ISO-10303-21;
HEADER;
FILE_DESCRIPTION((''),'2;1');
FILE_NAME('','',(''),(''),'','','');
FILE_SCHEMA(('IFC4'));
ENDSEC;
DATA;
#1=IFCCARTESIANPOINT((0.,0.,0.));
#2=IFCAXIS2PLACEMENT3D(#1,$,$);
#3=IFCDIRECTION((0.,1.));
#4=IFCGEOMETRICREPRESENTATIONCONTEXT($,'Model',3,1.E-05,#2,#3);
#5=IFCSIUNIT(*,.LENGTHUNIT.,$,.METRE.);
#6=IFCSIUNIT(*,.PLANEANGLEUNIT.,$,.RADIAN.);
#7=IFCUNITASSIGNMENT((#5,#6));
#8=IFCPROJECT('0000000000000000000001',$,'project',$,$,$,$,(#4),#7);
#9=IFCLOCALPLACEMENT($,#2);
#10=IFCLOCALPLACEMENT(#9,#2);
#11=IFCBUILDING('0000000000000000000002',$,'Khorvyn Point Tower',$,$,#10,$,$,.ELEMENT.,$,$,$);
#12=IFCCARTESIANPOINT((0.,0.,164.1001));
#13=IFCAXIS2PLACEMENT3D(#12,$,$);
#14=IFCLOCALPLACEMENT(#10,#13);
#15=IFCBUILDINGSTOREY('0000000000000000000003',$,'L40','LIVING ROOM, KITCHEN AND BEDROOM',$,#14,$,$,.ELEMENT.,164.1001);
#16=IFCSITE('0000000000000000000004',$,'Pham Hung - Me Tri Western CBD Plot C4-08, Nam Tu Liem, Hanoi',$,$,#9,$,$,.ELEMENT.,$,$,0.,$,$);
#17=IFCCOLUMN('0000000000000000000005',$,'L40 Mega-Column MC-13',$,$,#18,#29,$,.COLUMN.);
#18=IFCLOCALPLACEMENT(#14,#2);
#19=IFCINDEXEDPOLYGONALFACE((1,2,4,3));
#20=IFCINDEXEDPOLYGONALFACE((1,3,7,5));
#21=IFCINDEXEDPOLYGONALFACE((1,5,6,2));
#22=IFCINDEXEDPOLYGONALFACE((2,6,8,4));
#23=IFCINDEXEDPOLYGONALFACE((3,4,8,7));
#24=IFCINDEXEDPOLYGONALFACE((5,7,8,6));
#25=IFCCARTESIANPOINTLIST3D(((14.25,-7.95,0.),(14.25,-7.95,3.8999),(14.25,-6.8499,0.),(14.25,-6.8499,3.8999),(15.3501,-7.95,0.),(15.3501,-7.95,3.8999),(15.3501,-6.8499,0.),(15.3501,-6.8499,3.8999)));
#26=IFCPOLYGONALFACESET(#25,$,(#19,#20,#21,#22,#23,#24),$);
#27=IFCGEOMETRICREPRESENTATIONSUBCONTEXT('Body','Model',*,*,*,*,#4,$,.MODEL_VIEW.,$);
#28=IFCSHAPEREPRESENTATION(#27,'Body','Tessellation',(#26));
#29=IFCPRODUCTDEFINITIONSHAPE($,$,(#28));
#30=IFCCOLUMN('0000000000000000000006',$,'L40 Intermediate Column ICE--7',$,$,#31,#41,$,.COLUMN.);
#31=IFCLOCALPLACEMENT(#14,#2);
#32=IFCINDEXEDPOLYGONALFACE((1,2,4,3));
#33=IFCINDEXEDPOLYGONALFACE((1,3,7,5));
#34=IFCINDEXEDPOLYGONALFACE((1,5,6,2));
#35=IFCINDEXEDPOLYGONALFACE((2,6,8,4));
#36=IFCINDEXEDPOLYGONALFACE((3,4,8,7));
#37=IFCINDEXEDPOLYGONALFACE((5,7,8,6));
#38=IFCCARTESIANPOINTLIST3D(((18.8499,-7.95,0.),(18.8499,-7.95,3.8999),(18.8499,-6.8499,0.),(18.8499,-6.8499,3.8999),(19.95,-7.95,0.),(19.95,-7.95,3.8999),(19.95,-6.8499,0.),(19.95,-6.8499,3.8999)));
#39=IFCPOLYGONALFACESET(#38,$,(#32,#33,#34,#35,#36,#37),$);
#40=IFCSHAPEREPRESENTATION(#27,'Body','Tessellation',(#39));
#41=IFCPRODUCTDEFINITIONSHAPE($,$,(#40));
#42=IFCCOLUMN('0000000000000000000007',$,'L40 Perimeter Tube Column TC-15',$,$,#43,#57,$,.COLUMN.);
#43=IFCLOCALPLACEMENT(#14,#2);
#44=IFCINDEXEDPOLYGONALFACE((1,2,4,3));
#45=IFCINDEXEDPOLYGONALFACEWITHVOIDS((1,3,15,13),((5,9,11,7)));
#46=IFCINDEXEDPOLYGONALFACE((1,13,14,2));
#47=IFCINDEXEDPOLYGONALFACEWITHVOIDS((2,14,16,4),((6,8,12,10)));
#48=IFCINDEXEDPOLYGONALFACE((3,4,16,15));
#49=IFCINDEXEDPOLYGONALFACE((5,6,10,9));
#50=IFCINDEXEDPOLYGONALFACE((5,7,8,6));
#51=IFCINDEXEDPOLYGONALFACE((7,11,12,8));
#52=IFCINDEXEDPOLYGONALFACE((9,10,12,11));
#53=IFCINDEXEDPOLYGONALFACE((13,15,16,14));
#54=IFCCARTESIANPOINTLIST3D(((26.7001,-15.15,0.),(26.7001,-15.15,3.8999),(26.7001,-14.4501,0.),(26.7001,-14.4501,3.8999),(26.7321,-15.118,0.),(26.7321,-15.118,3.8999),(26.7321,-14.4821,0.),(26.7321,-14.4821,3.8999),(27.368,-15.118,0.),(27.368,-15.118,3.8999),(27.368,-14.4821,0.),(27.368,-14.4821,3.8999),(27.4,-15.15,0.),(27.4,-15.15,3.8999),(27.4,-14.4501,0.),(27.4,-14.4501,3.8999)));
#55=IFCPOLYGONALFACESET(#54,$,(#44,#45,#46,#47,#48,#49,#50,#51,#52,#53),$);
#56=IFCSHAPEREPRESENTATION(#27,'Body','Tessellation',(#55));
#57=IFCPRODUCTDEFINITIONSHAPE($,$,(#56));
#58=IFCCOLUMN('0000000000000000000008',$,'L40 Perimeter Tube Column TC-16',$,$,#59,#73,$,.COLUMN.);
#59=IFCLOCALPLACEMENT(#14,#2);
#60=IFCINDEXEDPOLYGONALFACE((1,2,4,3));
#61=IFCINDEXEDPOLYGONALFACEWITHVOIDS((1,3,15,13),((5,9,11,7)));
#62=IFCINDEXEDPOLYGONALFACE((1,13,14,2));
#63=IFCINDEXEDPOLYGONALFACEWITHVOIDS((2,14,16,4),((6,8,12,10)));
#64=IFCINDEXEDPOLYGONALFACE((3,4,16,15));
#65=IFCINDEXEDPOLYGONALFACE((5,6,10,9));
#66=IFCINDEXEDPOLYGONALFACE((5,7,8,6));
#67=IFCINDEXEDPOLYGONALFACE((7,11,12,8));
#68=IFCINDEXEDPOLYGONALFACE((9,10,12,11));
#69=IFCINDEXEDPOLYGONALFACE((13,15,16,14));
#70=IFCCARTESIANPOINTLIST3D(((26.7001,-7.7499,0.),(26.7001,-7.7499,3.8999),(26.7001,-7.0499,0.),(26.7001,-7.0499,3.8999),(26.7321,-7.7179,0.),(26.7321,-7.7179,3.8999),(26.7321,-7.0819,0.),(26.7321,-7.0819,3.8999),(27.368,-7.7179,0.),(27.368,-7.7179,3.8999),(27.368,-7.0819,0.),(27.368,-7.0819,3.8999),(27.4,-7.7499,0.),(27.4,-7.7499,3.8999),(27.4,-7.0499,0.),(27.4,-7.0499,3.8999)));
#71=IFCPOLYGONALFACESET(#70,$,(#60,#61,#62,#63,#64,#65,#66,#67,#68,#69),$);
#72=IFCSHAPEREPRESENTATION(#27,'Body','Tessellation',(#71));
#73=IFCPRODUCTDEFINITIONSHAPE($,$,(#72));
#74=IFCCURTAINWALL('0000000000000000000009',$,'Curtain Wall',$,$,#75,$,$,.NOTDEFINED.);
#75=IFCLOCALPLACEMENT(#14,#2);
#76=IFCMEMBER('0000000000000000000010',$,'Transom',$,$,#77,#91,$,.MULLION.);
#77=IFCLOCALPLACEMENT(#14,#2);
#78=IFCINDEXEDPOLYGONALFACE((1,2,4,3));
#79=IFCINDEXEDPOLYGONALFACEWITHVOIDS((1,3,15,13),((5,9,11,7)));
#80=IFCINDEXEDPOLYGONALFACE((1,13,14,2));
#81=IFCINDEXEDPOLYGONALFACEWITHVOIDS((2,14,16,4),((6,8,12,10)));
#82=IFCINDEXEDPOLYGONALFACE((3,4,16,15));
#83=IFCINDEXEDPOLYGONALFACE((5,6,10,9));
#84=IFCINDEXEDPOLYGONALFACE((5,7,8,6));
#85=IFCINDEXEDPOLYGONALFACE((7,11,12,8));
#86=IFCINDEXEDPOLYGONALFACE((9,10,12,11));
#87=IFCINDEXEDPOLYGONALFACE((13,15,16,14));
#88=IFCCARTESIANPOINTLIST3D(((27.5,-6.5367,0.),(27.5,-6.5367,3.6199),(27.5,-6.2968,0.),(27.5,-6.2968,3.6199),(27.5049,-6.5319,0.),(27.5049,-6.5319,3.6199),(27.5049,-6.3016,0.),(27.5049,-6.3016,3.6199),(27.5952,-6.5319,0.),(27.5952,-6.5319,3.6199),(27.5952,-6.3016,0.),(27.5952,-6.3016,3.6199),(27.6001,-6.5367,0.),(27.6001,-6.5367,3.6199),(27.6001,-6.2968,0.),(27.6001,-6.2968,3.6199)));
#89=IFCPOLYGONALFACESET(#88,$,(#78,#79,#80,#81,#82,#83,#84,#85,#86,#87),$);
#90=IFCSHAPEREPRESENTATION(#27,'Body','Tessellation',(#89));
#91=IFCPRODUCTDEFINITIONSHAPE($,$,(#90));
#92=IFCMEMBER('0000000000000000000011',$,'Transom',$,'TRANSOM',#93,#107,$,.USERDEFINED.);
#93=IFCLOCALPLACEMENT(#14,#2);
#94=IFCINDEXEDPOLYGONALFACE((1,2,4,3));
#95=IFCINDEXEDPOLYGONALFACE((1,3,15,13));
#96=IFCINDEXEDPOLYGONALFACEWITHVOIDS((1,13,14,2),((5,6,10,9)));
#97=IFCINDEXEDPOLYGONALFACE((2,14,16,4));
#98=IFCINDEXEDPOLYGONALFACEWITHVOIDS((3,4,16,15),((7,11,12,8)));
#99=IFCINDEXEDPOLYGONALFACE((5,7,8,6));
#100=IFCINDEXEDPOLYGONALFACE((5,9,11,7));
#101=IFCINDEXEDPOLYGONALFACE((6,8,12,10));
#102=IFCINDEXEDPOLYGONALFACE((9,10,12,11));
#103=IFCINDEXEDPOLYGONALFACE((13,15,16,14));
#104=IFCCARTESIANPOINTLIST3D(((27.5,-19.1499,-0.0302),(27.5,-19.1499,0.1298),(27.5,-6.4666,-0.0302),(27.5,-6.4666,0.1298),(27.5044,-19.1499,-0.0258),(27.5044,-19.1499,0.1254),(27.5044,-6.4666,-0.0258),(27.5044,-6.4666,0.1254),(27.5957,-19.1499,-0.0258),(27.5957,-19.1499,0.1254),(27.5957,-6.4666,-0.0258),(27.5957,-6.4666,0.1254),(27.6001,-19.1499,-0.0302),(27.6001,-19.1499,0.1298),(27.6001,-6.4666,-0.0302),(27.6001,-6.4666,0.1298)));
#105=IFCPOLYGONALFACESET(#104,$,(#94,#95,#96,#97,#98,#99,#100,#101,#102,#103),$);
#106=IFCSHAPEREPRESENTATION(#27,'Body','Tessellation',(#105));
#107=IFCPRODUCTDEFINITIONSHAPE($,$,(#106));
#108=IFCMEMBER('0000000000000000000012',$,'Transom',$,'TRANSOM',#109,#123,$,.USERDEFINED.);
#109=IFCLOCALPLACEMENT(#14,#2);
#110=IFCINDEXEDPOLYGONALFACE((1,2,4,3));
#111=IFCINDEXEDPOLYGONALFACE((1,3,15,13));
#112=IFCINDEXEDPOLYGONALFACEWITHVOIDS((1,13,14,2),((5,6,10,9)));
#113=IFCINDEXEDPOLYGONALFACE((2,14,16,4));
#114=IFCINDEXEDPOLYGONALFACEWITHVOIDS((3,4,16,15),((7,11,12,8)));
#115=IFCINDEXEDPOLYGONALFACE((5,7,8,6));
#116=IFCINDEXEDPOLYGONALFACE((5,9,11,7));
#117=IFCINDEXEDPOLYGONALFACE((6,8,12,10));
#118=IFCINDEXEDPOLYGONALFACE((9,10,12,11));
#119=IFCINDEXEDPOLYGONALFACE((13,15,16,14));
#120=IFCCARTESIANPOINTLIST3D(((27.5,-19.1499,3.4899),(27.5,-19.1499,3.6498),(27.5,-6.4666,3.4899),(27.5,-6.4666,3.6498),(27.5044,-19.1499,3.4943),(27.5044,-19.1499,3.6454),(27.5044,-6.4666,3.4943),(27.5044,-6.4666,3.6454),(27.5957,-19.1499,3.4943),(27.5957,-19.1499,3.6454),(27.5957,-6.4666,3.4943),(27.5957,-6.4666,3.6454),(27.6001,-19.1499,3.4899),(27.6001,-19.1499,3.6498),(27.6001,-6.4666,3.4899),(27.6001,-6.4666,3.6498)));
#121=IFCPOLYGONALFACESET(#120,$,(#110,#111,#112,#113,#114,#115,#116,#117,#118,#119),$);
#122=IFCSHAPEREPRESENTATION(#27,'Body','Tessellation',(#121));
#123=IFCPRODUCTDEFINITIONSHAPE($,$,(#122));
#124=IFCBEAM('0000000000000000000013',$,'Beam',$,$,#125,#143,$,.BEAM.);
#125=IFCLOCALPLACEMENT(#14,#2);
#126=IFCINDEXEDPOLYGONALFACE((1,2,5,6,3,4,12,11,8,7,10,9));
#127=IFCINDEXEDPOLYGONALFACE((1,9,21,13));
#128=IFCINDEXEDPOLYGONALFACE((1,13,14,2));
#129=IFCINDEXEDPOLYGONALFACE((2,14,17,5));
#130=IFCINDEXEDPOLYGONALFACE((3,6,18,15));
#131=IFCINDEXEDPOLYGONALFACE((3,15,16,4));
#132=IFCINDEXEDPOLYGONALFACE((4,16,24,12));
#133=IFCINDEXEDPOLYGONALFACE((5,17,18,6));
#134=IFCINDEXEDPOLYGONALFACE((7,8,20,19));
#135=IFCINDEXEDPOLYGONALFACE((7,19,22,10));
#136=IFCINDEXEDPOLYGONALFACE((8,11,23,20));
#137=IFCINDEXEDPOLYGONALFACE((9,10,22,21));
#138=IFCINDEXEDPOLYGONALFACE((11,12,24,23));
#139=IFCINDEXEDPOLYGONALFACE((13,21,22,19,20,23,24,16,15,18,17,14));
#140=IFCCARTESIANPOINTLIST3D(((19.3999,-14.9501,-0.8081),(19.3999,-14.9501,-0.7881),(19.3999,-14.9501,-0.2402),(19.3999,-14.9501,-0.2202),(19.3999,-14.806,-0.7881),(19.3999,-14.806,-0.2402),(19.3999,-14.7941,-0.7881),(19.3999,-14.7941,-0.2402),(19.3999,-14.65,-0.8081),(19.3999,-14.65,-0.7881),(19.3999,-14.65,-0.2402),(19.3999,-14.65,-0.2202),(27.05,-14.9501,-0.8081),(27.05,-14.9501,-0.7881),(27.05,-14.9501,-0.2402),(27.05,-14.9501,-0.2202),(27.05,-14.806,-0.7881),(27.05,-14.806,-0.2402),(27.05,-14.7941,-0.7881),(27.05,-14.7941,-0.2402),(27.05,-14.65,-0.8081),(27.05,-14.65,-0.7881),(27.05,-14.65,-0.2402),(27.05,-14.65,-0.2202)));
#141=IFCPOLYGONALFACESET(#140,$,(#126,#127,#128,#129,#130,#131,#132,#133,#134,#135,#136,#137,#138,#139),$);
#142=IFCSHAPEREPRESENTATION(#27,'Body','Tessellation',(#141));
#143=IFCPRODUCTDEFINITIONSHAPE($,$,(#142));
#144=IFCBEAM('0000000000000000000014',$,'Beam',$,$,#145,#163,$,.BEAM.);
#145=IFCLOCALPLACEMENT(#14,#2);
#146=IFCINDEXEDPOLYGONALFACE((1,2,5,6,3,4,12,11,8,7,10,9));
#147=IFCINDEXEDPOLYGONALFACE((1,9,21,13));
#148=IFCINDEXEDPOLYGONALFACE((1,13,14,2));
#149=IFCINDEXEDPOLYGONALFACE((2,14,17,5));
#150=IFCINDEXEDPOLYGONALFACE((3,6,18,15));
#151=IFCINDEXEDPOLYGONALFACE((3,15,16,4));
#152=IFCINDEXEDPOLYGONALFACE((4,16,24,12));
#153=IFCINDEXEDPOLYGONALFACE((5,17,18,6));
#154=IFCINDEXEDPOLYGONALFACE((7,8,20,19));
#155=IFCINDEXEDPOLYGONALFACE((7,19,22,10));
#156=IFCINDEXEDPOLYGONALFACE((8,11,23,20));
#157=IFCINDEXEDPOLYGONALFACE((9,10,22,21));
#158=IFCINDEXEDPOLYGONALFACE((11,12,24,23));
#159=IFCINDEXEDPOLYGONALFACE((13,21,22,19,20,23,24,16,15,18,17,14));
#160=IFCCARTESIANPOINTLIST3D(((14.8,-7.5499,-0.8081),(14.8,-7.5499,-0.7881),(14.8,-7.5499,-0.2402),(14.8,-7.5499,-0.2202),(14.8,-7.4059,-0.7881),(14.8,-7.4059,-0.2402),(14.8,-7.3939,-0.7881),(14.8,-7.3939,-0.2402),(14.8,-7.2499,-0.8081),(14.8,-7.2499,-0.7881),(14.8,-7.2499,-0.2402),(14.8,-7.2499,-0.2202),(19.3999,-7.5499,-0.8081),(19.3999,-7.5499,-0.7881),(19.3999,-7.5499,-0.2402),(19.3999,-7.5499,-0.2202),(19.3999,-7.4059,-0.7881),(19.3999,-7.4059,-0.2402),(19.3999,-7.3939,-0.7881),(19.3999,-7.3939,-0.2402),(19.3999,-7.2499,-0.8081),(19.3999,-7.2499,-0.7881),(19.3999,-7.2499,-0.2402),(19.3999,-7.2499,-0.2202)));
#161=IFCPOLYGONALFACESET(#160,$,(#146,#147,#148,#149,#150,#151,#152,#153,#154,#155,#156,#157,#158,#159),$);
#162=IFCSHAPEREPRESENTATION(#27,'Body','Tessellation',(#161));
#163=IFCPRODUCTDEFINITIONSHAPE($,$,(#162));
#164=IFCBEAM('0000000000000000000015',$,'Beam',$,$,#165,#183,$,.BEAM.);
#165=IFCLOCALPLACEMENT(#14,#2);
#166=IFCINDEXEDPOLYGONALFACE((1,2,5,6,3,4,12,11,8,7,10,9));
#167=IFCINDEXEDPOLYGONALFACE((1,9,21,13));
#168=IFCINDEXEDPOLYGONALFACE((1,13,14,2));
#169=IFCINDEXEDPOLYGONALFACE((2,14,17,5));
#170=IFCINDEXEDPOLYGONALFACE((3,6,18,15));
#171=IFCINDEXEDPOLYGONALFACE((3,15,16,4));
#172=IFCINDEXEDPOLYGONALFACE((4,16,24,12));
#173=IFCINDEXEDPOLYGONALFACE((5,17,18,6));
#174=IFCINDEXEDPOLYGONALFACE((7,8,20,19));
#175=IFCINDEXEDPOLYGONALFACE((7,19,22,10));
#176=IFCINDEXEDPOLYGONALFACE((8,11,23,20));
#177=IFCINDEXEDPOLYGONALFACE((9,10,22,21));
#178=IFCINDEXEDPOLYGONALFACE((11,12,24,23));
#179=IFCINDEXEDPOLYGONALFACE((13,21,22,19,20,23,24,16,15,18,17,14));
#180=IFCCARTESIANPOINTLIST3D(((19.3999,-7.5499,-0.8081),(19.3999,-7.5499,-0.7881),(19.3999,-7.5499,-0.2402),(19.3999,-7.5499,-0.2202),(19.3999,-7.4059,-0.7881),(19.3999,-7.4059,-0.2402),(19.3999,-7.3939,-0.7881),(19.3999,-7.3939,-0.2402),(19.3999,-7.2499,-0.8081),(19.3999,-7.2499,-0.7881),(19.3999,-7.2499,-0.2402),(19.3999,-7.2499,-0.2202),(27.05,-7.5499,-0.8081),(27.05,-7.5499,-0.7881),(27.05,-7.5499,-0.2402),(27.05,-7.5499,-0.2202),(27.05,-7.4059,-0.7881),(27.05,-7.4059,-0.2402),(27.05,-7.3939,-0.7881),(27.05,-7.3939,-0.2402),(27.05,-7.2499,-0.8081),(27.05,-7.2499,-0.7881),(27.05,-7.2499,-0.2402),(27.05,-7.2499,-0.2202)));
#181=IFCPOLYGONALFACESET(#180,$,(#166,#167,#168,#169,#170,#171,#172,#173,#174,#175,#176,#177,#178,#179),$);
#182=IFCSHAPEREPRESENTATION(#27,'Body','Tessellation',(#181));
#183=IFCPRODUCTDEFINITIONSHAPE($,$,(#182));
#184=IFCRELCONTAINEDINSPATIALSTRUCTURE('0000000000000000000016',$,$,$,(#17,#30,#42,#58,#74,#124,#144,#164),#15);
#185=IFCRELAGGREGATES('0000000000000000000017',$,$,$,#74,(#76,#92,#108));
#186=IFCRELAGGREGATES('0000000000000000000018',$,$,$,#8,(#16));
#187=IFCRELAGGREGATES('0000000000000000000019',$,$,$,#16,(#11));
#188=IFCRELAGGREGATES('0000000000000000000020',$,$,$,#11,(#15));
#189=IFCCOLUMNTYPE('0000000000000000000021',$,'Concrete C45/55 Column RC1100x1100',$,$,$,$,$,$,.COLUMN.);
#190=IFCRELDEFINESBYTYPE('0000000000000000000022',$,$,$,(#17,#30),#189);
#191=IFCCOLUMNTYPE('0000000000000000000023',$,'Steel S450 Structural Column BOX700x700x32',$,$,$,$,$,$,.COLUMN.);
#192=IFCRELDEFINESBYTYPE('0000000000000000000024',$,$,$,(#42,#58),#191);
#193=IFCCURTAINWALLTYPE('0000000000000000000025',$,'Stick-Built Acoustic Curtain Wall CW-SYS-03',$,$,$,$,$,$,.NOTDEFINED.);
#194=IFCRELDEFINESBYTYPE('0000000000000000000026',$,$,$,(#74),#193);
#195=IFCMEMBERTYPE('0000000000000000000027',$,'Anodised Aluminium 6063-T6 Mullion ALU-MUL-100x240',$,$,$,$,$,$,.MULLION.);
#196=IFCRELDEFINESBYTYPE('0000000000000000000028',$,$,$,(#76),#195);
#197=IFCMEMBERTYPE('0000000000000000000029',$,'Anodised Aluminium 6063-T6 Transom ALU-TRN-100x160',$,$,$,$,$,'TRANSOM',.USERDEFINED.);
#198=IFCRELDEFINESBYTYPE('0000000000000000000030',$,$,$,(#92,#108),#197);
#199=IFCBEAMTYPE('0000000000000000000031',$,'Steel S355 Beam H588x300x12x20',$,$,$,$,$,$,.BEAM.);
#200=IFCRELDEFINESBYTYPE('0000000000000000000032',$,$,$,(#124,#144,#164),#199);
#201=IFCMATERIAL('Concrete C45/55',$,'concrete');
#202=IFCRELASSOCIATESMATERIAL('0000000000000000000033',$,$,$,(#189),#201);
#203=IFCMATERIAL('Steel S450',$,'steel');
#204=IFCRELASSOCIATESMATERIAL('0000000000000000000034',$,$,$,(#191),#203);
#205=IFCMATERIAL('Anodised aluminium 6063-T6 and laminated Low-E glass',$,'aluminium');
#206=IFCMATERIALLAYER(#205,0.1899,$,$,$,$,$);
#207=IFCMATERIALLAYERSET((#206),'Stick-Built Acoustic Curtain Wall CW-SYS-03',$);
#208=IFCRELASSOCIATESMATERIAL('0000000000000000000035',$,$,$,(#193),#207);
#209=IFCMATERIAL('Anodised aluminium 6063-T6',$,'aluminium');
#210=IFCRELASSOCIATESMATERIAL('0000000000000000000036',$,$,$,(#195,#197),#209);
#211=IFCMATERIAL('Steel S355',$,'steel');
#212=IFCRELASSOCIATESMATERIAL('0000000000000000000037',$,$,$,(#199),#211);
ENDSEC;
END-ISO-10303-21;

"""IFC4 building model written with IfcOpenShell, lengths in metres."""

from ifc_helpers import new_model, si_unit, direction, frame, origin, origin_2d, place, context, subcontext, project, spatial, rectangle, hollow_rectangle, i_section, extrude, material, layer, layer_set, material_profile, profile_set, type_object, element, aggregate, save


model = new_model("IFC4")

# Units and contexts
model_context = context("Model", 3, precision=1e-05, world=origin(), true_north=direction((0.0, 1.0)))
body_context = subcontext(model_context, "Body", "Model", "MODEL_VIEW")
ifc_project = project(units=[si_unit("LENGTHUNIT", "METRE"), si_unit("PLANEANGLEUNIT", "RADIAN")], contexts=[model_context])

# Site, building, storey
site_placement = place(None, origin())
site = spatial("IfcSite", under=ifc_project, at=site_placement, Name="Pham Hung - Me Tri Western CBD Plot C4-08, Nam Tu Liem, Hanoi", CompositionType="ELEMENT", RefElevation=0.0)
building_placement = place(site_placement, origin())
building = spatial("IfcBuilding", under=site, at=building_placement, Name="Khorvyn Point Tower", CompositionType="ELEMENT")
storey_placement = place(building_placement, frame((0.0, 0.0, 164.1001)))
storey = spatial("IfcBuildingStorey", under=building, at=storey_placement, Name="L40", Description="LIVING ROOM, KITCHEN AND BEDROOM", CompositionType="ELEMENT", Elevation=164.1001)

# Columns
ifc_material_1 = material(Name="Concrete C45/55", Category="concrete")
ifc_material_profile_1 = material_profile(ifc_material_1, rectangle(XDim=1.1001, YDim=1.1001, at=origin_2d()))
ifc_profile_set_1 = profile_set([ifc_material_profile_1], Name="Concrete C45/55 RC1100x1100")
column_type_1 = type_object("IfcColumnType", Name="Concrete C45/55 Column RC1100x1100", PredefinedType="COLUMN", material=ifc_profile_set_1)
for number, where, z_axis, x_axis, name in (
    (1, (14.8, -7.3999, 0.0), (0.0, 0.0, 1.0), (1.0, 0.0, 0.0), "L40 Mega-Column MC-13"),
    (2, (19.3999, -7.3999, 0.0), (0.0, 0.0, 1.0), (1.0, 0.0, 0.0), "L40 Intermediate Column ICE--7"),
):
    element("IfcColumn", number, at=place(storey_placement, frame(where, z_axis=z_axis, x_axis=x_axis)), inside=storey, type_object=column_type_1, Name=name, PredefinedType="COLUMN", context=body_context, shape_type="SweptSolid", body=[
        extrude(rectangle(XDim=1.1001, YDim=1.1001, at=origin_2d()), origin(), (0.0, 0.0, 1.0), 3.8999),
    ])
ifc_material_2 = material(Name="Steel S450", Category="steel")
ifc_material_profile_2 = material_profile(ifc_material_2, hollow_rectangle(XDim=0.7, YDim=0.7, WallThickness=0.032, at=origin_2d()))
ifc_profile_set_2 = profile_set([ifc_material_profile_2], Name="Steel S450 BOX700x700x32")
column_type_2 = type_object("IfcColumnType", Name="Steel S450 Structural Column BOX700x700x32", PredefinedType="COLUMN", material=ifc_profile_set_2)
for number, where, z_axis, x_axis, name in (
    (3, (27.05, -14.8, 0.0), (0.0, 0.0, 1.0), (1.0, 0.0, 0.0), "L40 Perimeter Tube Column TC-15"),
    (4, (27.05, -7.3999, 0.0), (0.0, 0.0, 1.0), (1.0, 0.0, 0.0), "L40 Perimeter Tube Column TC-16"),
):
    element("IfcColumn", number, at=place(storey_placement, frame(where, z_axis=z_axis, x_axis=x_axis)), inside=storey, type_object=column_type_2, Name=name, PredefinedType="COLUMN", context=body_context, shape_type="SweptSolid", body=[
        extrude(hollow_rectangle(XDim=0.7, YDim=0.7, WallThickness=0.032, at=origin_2d()), origin(), (0.0, 0.0, 1.0), 3.8999),
    ])

# Curtain wall, members
ifc_material_3 = material(Name="Anodised aluminium 6063-T6 and laminated Low-E glass", Category="aluminium")
ifc_layer_1 = layer(ifc_material_3, 0.1899)
ifc_layer_set_1 = layer_set([ifc_layer_1], Name="Stick-Built Acoustic Curtain Wall CW-SYS-03")
curtain_wall_type = type_object("IfcCurtainWallType", Name="Stick-Built Acoustic Curtain Wall CW-SYS-03", PredefinedType="NOTDEFINED", material=ifc_layer_set_1)
curtain_wall_placement = place(storey_placement, origin())
curtain_wall = element("IfcCurtainWall", 5, at=curtain_wall_placement, inside=storey, type_object=curtain_wall_type, Name="Curtain Wall", PredefinedType="NOTDEFINED")
ifc_material_4 = material(Name="Anodised aluminium 6063-T6", Category="aluminium")
ifc_material_profile_3 = material_profile(ifc_material_4, hollow_rectangle(XDim=0.1001, YDim=0.24, WallThickness=0.0049, at=origin_2d()))
ifc_profile_set_3 = profile_set([ifc_material_profile_3], Name="Anodised aluminium 6063-T6 ALU-MUL-100x240")
member_type_1 = type_object("IfcMemberType", Name="Anodised Aluminium 6063-T6 Mullion ALU-MUL-100x240", PredefinedType="MULLION", material=ifc_profile_set_3)
member_1_placement = place(storey_placement, frame((27.55, -6.4167, 0.0), z_axis=(0.0, 0.0, 1.0), x_axis=(1.0, 0.0, 0.0)))
member_1 = element("IfcMember", 6, at=member_1_placement, type_object=member_type_1, Name="Transom", PredefinedType="MULLION", context=body_context, shape_type="SweptSolid", body=[
    extrude(hollow_rectangle(XDim=0.1001, YDim=0.24, WallThickness=0.0049, at=origin_2d()), origin(), (0.0, 0.0, 1.0), 3.6199),
])
ifc_material_profile_4 = material_profile(ifc_material_4, hollow_rectangle(XDim=0.1001, YDim=0.1599, WallThickness=0.0044, at=origin_2d()))
ifc_profile_set_4 = profile_set([ifc_material_profile_4], Name="Anodised aluminium 6063-T6 ALU-TRN-100x160")
member_type_2 = type_object("IfcMemberType", Name="Anodised Aluminium 6063-T6 Transom ALU-TRN-100x160", ElementType="TRANSOM", PredefinedType="USERDEFINED", material=ifc_profile_set_4)
member_2_placement = place(storey_placement, frame((27.55, -6.4666, 0.0498), z_axis=(0.0, -1.0, 0.0), x_axis=(1.0, 0.0, 0.0)))
member_2 = element("IfcMember", 7, at=member_2_placement, type_object=member_type_2, Name="Transom", ObjectType="TRANSOM", PredefinedType="USERDEFINED", context=body_context, shape_type="SweptSolid", body=[
    extrude(hollow_rectangle(XDim=0.1001, YDim=0.1599, WallThickness=0.0044, at=origin_2d()), origin(), (0.0, 0.0, 1.0), 12.6833),
])
member_3_placement = place(storey_placement, frame((27.55, -6.4666, 3.5698), z_axis=(0.0, -1.0, 0.0), x_axis=(1.0, 0.0, 0.0)))
member_3 = element("IfcMember", 8, at=member_3_placement, type_object=member_type_2, Name="Transom", ObjectType="TRANSOM", PredefinedType="USERDEFINED", context=body_context, shape_type="SweptSolid", body=[
    extrude(hollow_rectangle(XDim=0.1001, YDim=0.1599, WallThickness=0.0044, at=origin_2d()), origin(), (0.0, 0.0, 1.0), 12.6833),
])

# Beams
ifc_material_5 = material(Name="Steel S355", Category="steel")
ifc_material_profile_5 = material_profile(ifc_material_5, i_section(OverallWidth=0.3, OverallDepth=0.5879, WebThickness=0.012, FlangeThickness=0.02, at=origin_2d()))
ifc_profile_set_5 = profile_set([ifc_material_profile_5], Name="Steel S355 H588x300x12x20")
beam_type_1 = type_object("IfcBeamType", Name="Steel S355 Beam H588x300x12x20", PredefinedType="BEAM", material=ifc_profile_set_5)
beam_1_placement = place(storey_placement, frame((19.3999, -14.8, -0.5142), z_axis=(1.0, 0.0, 0.0), x_axis=(0.0, 1.0, 0.0)))
element("IfcBeam", 9, at=beam_1_placement, inside=storey, type_object=beam_type_1, Name="Beam", PredefinedType="BEAM", context=body_context, shape_type="SweptSolid", body=[
    extrude(i_section(OverallWidth=0.3, OverallDepth=0.5879, WebThickness=0.012, FlangeThickness=0.02, at=origin_2d()), origin(), (0.0, 0.0, 1.0), 7.6501),
])
beam_2_placement = place(storey_placement, frame((14.8, -7.3999, -0.5142), z_axis=(1.0, 0.0, 0.0), x_axis=(0.0, 1.0, 0.0)))
element("IfcBeam", 10, at=beam_2_placement, inside=storey, type_object=beam_type_1, Name="Beam", PredefinedType="BEAM", context=body_context, shape_type="SweptSolid", body=[
    extrude(i_section(OverallWidth=0.3, OverallDepth=0.5879, WebThickness=0.012, FlangeThickness=0.02, at=origin_2d()), origin(), (0.0, 0.0, 1.0), 4.5999),
])
beam_3_placement = place(storey_placement, frame((19.3999, -7.3999, -0.5142), z_axis=(1.0, 0.0, 0.0), x_axis=(0.0, 1.0, 0.0)))
element("IfcBeam", 11, at=beam_3_placement, inside=storey, type_object=beam_type_1, Name="Beam", PredefinedType="BEAM", context=body_context, shape_type="SweptSolid", body=[
    extrude(i_section(OverallWidth=0.3, OverallDepth=0.5879, WebThickness=0.012, FlangeThickness=0.02, at=origin_2d()), origin(), (0.0, 0.0, 1.0), 7.6501),
])

aggregate(curtain_wall, [member_1, member_2, member_3])

save(model, "model.ifc")
